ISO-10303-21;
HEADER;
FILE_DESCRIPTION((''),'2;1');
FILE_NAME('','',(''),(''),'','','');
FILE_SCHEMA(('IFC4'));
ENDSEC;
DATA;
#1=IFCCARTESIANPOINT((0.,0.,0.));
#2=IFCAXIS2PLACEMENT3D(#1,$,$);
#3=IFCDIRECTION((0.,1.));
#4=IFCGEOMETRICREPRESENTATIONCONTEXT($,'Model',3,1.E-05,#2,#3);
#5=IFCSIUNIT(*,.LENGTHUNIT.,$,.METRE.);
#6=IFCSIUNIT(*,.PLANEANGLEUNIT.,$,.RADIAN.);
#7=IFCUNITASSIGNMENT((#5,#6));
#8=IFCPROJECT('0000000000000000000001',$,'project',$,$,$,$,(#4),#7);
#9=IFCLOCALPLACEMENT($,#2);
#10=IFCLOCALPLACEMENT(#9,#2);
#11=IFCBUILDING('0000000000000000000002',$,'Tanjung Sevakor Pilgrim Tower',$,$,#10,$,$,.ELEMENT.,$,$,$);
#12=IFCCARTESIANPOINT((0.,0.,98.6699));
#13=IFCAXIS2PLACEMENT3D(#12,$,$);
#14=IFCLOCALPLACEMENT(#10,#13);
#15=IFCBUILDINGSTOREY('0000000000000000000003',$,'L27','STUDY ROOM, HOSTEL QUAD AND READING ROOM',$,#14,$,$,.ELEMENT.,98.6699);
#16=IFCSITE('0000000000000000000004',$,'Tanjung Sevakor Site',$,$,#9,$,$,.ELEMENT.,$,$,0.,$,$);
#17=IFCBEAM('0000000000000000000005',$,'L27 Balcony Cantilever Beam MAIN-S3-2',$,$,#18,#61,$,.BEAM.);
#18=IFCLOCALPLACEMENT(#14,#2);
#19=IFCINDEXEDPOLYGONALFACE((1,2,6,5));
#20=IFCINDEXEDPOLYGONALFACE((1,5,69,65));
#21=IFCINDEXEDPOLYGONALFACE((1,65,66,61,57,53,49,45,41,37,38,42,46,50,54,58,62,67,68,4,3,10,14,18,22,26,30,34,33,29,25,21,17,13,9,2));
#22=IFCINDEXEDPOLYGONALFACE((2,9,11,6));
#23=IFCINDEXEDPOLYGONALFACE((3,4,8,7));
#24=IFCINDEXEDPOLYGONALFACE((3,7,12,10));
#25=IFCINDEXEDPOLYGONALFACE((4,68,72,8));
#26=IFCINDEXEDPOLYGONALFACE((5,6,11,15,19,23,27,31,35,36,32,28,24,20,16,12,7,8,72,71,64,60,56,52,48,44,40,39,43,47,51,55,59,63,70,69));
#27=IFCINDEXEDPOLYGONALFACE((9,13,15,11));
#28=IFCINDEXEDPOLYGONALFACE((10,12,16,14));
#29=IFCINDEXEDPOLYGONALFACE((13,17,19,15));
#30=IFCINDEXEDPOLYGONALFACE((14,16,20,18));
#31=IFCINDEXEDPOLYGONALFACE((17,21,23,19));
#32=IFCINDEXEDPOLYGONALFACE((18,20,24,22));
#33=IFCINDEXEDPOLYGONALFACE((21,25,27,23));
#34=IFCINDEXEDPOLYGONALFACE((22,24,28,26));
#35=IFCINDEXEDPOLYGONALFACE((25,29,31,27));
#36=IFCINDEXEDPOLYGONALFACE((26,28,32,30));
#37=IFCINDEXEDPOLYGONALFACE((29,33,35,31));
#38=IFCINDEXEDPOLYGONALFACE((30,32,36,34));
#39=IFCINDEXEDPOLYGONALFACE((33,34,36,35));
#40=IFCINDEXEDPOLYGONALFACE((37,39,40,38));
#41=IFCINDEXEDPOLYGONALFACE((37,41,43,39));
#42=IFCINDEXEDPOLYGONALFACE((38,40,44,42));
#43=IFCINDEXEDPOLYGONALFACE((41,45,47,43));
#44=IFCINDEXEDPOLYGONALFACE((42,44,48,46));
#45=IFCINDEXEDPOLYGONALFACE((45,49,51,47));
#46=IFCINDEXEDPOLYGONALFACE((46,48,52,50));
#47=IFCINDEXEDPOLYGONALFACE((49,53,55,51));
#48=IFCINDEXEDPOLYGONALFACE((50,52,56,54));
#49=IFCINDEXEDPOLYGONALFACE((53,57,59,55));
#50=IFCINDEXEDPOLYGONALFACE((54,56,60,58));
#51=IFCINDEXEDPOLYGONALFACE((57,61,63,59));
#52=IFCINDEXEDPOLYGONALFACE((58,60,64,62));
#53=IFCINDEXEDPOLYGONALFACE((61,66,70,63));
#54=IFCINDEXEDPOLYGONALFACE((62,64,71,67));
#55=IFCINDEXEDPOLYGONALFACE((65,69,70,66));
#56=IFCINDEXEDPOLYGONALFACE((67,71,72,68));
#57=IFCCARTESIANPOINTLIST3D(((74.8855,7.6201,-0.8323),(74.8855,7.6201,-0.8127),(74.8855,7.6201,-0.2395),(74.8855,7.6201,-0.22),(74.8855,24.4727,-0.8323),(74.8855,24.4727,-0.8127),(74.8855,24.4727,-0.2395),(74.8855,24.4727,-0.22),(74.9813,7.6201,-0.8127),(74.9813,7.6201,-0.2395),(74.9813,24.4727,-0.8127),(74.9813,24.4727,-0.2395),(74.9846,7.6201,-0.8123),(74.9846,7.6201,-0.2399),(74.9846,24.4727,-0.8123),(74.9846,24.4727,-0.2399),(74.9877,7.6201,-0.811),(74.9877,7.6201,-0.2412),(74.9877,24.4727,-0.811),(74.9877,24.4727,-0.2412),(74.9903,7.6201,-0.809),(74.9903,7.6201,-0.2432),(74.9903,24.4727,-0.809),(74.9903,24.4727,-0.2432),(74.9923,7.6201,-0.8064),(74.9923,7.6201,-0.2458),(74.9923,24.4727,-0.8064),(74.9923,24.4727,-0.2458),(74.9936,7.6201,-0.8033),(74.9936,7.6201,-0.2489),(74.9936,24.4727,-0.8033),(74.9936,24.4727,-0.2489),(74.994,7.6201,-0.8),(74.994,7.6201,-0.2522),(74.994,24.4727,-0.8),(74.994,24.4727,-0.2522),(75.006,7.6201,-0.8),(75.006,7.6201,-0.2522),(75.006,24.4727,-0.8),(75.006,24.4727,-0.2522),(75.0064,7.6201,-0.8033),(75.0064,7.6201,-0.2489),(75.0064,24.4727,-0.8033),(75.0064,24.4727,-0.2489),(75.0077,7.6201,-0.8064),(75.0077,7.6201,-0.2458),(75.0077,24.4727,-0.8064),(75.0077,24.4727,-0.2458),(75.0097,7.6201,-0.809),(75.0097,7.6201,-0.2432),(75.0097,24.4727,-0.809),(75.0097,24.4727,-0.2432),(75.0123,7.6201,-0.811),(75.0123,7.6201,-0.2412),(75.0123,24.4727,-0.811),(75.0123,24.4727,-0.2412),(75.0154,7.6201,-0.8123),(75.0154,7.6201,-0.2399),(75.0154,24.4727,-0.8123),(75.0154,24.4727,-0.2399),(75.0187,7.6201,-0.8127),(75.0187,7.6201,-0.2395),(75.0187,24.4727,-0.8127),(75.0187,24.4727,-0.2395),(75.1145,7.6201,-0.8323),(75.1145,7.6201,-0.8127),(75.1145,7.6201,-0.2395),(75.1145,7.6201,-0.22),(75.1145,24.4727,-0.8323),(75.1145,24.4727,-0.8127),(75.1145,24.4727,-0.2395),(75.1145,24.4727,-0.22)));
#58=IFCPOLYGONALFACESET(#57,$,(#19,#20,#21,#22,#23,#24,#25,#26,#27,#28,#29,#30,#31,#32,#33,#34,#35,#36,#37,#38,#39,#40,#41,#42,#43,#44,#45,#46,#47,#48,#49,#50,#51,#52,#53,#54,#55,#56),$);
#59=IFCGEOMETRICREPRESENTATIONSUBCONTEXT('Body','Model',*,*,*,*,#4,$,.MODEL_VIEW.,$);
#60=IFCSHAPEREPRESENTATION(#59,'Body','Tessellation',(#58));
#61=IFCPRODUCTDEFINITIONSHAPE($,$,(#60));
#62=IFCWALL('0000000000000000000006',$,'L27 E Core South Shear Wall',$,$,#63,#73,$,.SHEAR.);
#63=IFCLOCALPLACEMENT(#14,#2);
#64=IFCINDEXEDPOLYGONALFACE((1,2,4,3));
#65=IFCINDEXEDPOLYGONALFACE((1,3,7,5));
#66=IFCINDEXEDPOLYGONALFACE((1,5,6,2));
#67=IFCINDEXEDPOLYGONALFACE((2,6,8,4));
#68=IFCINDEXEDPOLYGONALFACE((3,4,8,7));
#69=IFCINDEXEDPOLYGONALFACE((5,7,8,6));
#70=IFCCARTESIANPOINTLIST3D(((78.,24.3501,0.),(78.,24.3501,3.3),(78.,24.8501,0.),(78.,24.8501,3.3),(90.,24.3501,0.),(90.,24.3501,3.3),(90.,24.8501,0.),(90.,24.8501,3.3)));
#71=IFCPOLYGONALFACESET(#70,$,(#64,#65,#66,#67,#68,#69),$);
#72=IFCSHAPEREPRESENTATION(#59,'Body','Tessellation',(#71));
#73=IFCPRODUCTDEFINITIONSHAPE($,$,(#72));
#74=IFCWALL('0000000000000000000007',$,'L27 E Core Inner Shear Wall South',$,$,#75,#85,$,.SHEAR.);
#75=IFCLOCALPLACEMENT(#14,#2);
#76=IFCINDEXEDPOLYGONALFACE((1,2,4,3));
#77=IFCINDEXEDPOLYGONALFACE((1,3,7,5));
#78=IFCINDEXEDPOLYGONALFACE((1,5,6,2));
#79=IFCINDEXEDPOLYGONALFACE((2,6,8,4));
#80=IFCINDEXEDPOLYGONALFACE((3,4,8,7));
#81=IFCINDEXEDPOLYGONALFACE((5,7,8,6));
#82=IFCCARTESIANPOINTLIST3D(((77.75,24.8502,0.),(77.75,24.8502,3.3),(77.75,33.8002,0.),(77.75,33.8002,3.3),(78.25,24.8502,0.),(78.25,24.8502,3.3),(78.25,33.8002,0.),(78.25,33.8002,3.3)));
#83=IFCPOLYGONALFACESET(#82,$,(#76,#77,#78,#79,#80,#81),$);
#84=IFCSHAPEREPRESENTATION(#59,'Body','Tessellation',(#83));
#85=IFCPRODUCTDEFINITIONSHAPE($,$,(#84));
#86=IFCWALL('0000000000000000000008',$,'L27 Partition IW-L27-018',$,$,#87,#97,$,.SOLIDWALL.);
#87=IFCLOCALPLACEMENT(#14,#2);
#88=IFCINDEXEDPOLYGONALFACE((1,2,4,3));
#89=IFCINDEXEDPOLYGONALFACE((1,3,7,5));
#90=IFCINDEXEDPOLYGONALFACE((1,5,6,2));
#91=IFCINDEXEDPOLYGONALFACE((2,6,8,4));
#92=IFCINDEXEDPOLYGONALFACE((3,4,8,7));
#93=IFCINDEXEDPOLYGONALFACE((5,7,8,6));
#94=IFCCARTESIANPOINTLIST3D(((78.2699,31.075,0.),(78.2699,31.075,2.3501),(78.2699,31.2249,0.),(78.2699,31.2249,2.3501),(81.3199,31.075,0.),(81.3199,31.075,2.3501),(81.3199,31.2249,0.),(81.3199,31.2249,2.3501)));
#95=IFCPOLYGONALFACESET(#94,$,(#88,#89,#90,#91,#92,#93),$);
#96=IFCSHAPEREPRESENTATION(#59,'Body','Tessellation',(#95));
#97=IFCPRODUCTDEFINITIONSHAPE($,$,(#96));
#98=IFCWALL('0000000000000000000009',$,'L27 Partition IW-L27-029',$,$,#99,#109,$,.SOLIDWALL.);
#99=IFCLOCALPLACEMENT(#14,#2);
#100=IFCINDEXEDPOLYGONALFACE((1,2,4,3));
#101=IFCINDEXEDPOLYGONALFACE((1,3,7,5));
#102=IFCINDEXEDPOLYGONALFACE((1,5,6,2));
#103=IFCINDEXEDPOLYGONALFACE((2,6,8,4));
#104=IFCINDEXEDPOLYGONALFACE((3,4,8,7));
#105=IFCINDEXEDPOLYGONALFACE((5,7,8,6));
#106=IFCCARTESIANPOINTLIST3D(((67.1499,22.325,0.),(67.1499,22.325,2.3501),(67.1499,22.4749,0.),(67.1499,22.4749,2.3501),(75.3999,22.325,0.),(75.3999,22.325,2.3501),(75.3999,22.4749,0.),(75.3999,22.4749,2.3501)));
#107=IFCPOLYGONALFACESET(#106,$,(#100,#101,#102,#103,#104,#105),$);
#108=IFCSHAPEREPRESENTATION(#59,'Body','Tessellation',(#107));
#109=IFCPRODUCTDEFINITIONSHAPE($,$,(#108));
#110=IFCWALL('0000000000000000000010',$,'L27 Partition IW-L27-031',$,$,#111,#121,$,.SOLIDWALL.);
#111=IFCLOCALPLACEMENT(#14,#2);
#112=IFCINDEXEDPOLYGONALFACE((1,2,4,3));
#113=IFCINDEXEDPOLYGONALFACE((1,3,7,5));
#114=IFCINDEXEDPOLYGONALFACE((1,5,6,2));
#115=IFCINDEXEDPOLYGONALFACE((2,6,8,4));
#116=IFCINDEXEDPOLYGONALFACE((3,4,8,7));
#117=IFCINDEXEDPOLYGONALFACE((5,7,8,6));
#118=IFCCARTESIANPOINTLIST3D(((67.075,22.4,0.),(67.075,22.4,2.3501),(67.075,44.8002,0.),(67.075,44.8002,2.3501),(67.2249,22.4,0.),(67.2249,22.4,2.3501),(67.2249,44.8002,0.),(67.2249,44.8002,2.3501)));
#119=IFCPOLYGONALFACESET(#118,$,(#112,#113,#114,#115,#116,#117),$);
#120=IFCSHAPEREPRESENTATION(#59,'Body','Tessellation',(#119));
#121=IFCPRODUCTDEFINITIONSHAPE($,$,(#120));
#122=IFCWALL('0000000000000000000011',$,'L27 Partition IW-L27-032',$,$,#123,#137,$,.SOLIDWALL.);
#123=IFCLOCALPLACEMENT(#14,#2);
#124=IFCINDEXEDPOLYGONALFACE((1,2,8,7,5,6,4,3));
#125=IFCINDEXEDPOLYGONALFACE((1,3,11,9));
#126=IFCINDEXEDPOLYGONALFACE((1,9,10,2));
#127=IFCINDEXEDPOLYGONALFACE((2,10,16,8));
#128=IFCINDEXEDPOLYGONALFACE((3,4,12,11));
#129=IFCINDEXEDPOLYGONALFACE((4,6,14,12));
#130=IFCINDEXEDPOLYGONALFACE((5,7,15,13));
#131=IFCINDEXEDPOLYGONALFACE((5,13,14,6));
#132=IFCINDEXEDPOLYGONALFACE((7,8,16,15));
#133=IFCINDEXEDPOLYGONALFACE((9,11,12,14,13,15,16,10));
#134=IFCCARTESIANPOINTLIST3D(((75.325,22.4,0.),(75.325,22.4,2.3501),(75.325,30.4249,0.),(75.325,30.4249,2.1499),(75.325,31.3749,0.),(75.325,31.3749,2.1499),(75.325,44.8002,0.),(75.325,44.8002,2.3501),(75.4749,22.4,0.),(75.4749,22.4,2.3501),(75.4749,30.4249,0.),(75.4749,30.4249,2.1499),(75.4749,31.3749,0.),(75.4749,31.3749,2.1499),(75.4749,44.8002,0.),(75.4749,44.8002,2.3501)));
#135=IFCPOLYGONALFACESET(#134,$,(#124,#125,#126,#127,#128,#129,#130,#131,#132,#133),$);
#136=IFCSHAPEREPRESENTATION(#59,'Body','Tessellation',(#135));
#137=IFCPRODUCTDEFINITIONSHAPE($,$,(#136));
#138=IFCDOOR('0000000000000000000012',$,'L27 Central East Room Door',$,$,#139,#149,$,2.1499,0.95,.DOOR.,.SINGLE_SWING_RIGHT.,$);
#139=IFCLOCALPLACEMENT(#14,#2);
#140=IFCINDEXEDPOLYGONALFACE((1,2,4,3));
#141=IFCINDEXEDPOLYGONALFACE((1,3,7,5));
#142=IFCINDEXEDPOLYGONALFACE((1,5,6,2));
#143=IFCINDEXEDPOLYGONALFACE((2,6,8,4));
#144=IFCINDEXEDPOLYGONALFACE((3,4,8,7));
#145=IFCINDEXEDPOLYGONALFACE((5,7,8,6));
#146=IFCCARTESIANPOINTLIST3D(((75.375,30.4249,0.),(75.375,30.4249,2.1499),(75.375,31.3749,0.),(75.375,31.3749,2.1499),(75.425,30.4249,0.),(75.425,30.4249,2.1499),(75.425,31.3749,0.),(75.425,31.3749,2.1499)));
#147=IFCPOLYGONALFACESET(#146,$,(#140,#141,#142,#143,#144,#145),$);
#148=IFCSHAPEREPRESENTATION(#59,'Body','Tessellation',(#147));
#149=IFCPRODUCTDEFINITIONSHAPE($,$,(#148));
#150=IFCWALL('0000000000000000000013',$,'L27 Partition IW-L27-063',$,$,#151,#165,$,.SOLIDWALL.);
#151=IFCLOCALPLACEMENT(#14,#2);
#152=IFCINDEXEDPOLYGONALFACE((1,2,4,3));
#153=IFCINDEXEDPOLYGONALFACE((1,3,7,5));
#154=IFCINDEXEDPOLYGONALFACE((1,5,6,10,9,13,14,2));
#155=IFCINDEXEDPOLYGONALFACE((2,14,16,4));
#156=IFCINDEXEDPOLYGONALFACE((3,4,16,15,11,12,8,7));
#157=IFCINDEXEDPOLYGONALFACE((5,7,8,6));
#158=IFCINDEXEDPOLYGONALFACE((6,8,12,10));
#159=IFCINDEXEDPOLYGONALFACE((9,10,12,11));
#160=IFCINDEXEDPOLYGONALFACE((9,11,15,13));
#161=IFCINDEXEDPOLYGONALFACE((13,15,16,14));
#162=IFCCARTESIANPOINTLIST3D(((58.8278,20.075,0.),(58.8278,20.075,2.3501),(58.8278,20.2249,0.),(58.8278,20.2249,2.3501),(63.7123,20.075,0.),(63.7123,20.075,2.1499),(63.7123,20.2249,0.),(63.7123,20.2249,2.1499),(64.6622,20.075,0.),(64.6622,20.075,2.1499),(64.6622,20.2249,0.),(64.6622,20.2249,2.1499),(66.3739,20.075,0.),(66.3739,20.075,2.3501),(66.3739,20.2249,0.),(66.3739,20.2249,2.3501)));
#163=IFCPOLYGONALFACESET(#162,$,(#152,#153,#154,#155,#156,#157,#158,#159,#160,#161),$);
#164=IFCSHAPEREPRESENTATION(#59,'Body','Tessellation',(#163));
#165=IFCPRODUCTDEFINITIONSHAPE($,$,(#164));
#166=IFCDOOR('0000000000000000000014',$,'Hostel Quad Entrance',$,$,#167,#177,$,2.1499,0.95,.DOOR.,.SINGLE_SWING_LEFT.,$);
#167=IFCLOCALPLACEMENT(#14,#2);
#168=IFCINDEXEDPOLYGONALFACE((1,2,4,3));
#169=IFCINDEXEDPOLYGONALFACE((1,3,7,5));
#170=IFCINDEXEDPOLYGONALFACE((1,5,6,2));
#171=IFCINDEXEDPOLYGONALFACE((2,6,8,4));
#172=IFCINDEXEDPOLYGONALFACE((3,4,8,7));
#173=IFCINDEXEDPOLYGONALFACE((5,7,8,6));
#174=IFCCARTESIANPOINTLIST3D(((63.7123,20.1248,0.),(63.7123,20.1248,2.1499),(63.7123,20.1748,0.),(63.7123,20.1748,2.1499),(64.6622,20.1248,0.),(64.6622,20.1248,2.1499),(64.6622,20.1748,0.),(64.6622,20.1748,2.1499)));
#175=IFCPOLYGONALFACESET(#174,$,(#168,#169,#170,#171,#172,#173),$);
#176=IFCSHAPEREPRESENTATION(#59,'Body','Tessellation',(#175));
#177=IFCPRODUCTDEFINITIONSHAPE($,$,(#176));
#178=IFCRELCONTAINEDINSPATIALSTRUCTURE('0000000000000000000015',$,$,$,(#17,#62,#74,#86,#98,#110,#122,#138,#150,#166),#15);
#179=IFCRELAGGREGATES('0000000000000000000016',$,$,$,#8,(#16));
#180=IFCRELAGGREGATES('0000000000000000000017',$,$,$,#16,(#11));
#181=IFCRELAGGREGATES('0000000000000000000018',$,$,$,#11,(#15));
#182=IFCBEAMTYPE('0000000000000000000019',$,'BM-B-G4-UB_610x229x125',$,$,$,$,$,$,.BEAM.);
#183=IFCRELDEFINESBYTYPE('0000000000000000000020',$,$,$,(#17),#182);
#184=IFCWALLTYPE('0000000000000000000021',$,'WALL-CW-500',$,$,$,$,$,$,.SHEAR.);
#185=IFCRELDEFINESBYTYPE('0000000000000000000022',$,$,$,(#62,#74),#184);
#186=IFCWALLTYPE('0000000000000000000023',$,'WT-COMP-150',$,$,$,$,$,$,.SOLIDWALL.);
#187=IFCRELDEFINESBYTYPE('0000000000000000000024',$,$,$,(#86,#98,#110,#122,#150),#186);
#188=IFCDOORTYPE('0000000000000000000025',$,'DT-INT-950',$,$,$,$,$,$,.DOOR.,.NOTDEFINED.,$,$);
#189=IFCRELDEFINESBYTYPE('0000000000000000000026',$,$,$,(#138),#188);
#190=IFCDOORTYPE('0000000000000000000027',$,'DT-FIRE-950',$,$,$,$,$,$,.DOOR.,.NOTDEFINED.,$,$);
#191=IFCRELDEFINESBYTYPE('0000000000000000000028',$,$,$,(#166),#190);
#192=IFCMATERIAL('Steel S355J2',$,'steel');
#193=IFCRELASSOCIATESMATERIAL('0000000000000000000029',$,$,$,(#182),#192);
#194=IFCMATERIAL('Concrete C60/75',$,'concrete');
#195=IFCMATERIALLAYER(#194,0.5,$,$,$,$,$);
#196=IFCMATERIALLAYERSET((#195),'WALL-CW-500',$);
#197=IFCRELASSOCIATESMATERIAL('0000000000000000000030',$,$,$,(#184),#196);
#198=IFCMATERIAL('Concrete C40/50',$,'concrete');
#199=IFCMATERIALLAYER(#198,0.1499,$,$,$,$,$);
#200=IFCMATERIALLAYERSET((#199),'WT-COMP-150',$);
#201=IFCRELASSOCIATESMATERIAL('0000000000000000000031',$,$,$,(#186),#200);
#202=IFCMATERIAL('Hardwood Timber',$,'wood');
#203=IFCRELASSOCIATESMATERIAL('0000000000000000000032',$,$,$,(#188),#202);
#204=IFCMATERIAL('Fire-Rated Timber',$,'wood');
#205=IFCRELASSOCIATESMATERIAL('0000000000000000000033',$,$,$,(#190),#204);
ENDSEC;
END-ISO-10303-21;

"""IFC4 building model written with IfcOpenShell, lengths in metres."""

from ifc_helpers import new_model, si_unit, direction, frame, frame_2d, origin, origin_2d, place, context, subcontext, project, spatial, rectangle, i_section, extrude, material, layer, layer_set, material_profile, profile_set, type_object, element, fill, save


model = new_model("IFC4")

# Units and contexts
model_context = context("Model", 3, precision=1e-05, world=origin(), true_north=direction((0.0, 1.0)))
body_context = subcontext(model_context, "Body", "Model", "MODEL_VIEW")
ifc_project = project(units=[si_unit("LENGTHUNIT", "METRE"), si_unit("PLANEANGLEUNIT", "RADIAN")], contexts=[model_context])

# Site, building, storey
site_placement = place(None, origin())
site = spatial("IfcSite", under=ifc_project, at=site_placement, Name="Tanjung Sevakor Site", CompositionType="ELEMENT", RefElevation=0.0)
building_placement = place(site_placement, origin())
building = spatial("IfcBuilding", under=site, at=building_placement, Name="Tanjung Sevakor Pilgrim Tower", CompositionType="ELEMENT")
storey_placement = place(building_placement, frame((0.0, 0.0, 98.6699)))
storey = spatial("IfcBuildingStorey", under=building, at=storey_placement, Name="L27", Description="STUDY ROOM, HOSTEL QUAD AND READING ROOM", CompositionType="ELEMENT", Elevation=98.6699)

# Beam
ifc_material_1 = material(Name="Steel S355J2", Category="steel")
ifc_material_profile_1 = material_profile(ifc_material_1, i_section(OverallWidth=0.229, OverallDepth=0.6123, WebThickness=0.012, FlangeThickness=0.0195, FilletRadius=0.0127, at=origin_2d()))
ifc_profile_set_1 = profile_set([ifc_material_profile_1], Name="Steel S355J2")
beam_type_1 = type_object("IfcBeamType", Name="BM-B-G4-UB_610x229x125", PredefinedType="BEAM", material=ifc_profile_set_1)
beam_1_placement = place(storey_placement, frame((75.0, 24.4727, -0.5261), z_axis=(0.0, -1.0, 0.0), x_axis=(1.0, 0.0, 0.0)))
element("IfcBeam", 1, at=beam_1_placement, inside=storey, type_object=beam_type_1, Name="L27 Balcony Cantilever Beam MAIN-S3-2", PredefinedType="BEAM", context=body_context, shape_type="SweptSolid", body=[
    extrude(i_section(OverallWidth=0.229, OverallDepth=0.6123, WebThickness=0.012, FlangeThickness=0.0195, FilletRadius=0.0127, at=origin_2d()), origin(), (0.0, 0.0, 1.0), 16.8525),
])

# Walls
ifc_material_2 = material(Name="Concrete C60/75", Category="concrete")
ifc_layer_1 = layer(ifc_material_2, 0.5)
ifc_layer_set_1 = layer_set([ifc_layer_1], Name="WALL-CW-500")
wall_type_1 = type_object("IfcWallType", Name="WALL-CW-500", PredefinedType="SHEAR", material=ifc_layer_set_1)
wall_1_placement = place(storey_placement, frame((78.0, 24.6001, 0.0), z_axis=(0.0, 0.0, 1.0), x_axis=(1.0, 0.0, 0.0)))
element("IfcWall", 2, at=wall_1_placement, inside=storey, type_object=wall_type_1, Name="L27 E Core South Shear Wall", PredefinedType="SHEAR", context=body_context, shape_type="SweptSolid", body=[
    extrude(rectangle(XDim=12.0, YDim=0.5, at=frame_2d((6.0, 0.0))), origin(), (0.0, 0.0, 1.0), 3.3),
])
wall_2_placement = place(storey_placement, frame((78.0, 24.8501, 0.0), z_axis=(0.0, 0.0, 1.0), x_axis=(0.0, 1.0, 0.0)))
element("IfcWall", 3, at=wall_2_placement, inside=storey, type_object=wall_type_1, Name="L27 E Core Inner Shear Wall South", PredefinedType="SHEAR", context=body_context, shape_type="SweptSolid", body=[
    extrude(rectangle(XDim=8.95, YDim=0.5, at=frame_2d((4.4751, 0.0))), origin(), (0.0, 0.0, 1.0), 3.3),
])
ifc_material_3 = material(Name="Concrete C40/50", Category="concrete")
ifc_layer_2 = layer(ifc_material_3, 0.1499)
ifc_layer_set_2 = layer_set([ifc_layer_2], Name="WT-COMP-150")
wall_type_2 = type_object("IfcWallType", Name="WT-COMP-150", PredefinedType="SOLIDWALL", material=ifc_layer_set_2)
wall_3_placement = place(storey_placement, frame((78.27, 31.1499, 0.0), z_axis=(0.0, 0.0, 1.0), x_axis=(1.0, 0.0, 0.0)))
element("IfcWall", 4, at=wall_3_placement, inside=storey, type_object=wall_type_2, Name="L27 Partition IW-L27-018", PredefinedType="SOLIDWALL", context=body_context, shape_type="SweptSolid", body=[
    extrude(rectangle(XDim=3.05, YDim=0.1499, at=frame_2d((1.5249, 0.0))), origin(), (0.0, 0.0, 1.0), 2.3501),
])
wall_4_placement = place(storey_placement, frame((67.1499, 22.3999, 0.0), z_axis=(0.0, 0.0, 1.0), x_axis=(1.0, 0.0, 0.0)))
element("IfcWall", 5, at=wall_4_placement, inside=storey, type_object=wall_type_2, Name="L27 Partition IW-L27-029", PredefinedType="SOLIDWALL", context=body_context, shape_type="SweptSolid", body=[
    extrude(rectangle(XDim=8.25, YDim=0.1499, at=frame_2d((4.125, 0.0))), origin(), (0.0, 0.0, 1.0), 2.3501),
])
wall_5_placement = place(storey_placement, frame((67.1499, 22.3999, 0.0), z_axis=(0.0, 0.0, 1.0), x_axis=(0.0, 1.0, 0.0)))
element("IfcWall", 6, at=wall_5_placement, inside=storey, type_object=wall_type_2, Name="L27 Partition IW-L27-031", PredefinedType="SOLIDWALL", context=body_context, shape_type="SweptSolid", body=[
    extrude(rectangle(XDim=22.4001, YDim=0.1499, at=frame_2d((11.2002, 0.0))), origin(), (0.0, 0.0, 1.0), 2.3501),
])

# Walls, openings, doors
wall_6_placement = place(storey_placement, frame((75.3999, 22.3999, 0.0), z_axis=(0.0, 0.0, 1.0), x_axis=(0.0, 1.0, 0.0)))
wall_6 = element("IfcWall", 7, at=wall_6_placement, inside=storey, type_object=wall_type_2, Name="L27 Partition IW-L27-032", PredefinedType="SOLIDWALL", context=body_context, shape_type="SweptSolid", body=[
    extrude(rectangle(XDim=22.4001, YDim=0.1499, at=frame_2d((11.2002, 0.0))), origin(), (0.0, 0.0, 1.0), 2.3501),
])
opening_1_placement = place(wall_6_placement, frame((8.0249, 0.0, 0.0)))
opening_1 = element("IfcOpeningElement", 8, at=opening_1_placement, cuts=wall_6, PredefinedType="OPENING", context=body_context, shape_type="SweptSolid", body=[
    extrude(rectangle(XDim=0.95, YDim=2.1499, at=frame_2d((0.4751, 1.075))), frame((0.0, 0.085, 0.0), z_axis=(0.0, -1.0, 0.0), x_axis=(1.0, 0.0, 0.0)), (0.0, 0.0, 1.0), 0.1699),
])
ifc_material_4 = material(Name="Hardwood Timber", Category="wood")
door_type_1 = type_object("IfcDoorType", Name="DT-INT-950", OperationType="NOTDEFINED", PredefinedType="DOOR", material=ifc_material_4)
door_1_placement = place(opening_1_placement, origin())
door_1 = element("IfcDoor", 9, at=door_1_placement, inside=storey, type_object=door_type_1, Name="L27 Central East Room Door", OperationType="SINGLE_SWING_RIGHT", OverallHeight=2.1499, OverallWidth=0.95, PredefinedType="DOOR", context=body_context, shape_type="SweptSolid", body=[
    extrude(rectangle(XDim=0.95, YDim=2.1499, at=frame_2d((0.4751, 1.075))), frame((0.0, 0.0249, 0.0), z_axis=(0.0, -1.0, 0.0), x_axis=(1.0, 0.0, 0.0)), (0.0, 0.0, 1.0), 0.05),
])
fill(opening_1, door_1)
wall_7_placement = place(storey_placement, frame((58.8279, 20.1499, 0.0), z_axis=(0.0, 0.0, 1.0), x_axis=(1.0, 0.0, 0.0)))
wall_7 = element("IfcWall", 10, at=wall_7_placement, inside=storey, type_object=wall_type_2, Name="L27 Partition IW-L27-063", PredefinedType="SOLIDWALL", context=body_context, shape_type="SweptSolid", body=[
    extrude(rectangle(XDim=7.5461, YDim=0.1499, at=frame_2d((3.7729, 0.0))), origin(), (0.0, 0.0, 1.0), 2.3501),
])
opening_2_placement = place(wall_7_placement, frame((4.8843, 0.0, 0.0)))
opening_2 = element("IfcOpeningElement", 11, at=opening_2_placement, cuts=wall_7, PredefinedType="OPENING", context=body_context, shape_type="SweptSolid", body=[
    extrude(rectangle(XDim=0.95, YDim=2.1499, at=frame_2d((0.4751, 1.075))), frame((0.0, 0.085, 0.0), z_axis=(0.0, -1.0, 0.0), x_axis=(1.0, 0.0, 0.0)), (0.0, 0.0, 1.0), 0.1699),
])
ifc_material_5 = material(Name="Fire-Rated Timber", Category="wood")
door_type_2 = type_object("IfcDoorType", Name="DT-FIRE-950", OperationType="NOTDEFINED", PredefinedType="DOOR", material=ifc_material_5)
door_2_placement = place(opening_2_placement, origin())
door_2 = element("IfcDoor", 12, at=door_2_placement, inside=storey, type_object=door_type_2, Name="Hostel Quad Entrance", OperationType="SINGLE_SWING_LEFT", OverallHeight=2.1499, OverallWidth=0.95, PredefinedType="DOOR", context=body_context, shape_type="SweptSolid", body=[
    extrude(rectangle(XDim=0.95, YDim=2.1499, at=frame_2d((0.4751, 1.075))), frame((0.0, 0.0249, 0.0), z_axis=(0.0, -1.0, 0.0), x_axis=(1.0, 0.0, 0.0)), (0.0, 0.0, 1.0), 0.05),
])
fill(opening_2, door_2)

save(model, "model.ifc")
